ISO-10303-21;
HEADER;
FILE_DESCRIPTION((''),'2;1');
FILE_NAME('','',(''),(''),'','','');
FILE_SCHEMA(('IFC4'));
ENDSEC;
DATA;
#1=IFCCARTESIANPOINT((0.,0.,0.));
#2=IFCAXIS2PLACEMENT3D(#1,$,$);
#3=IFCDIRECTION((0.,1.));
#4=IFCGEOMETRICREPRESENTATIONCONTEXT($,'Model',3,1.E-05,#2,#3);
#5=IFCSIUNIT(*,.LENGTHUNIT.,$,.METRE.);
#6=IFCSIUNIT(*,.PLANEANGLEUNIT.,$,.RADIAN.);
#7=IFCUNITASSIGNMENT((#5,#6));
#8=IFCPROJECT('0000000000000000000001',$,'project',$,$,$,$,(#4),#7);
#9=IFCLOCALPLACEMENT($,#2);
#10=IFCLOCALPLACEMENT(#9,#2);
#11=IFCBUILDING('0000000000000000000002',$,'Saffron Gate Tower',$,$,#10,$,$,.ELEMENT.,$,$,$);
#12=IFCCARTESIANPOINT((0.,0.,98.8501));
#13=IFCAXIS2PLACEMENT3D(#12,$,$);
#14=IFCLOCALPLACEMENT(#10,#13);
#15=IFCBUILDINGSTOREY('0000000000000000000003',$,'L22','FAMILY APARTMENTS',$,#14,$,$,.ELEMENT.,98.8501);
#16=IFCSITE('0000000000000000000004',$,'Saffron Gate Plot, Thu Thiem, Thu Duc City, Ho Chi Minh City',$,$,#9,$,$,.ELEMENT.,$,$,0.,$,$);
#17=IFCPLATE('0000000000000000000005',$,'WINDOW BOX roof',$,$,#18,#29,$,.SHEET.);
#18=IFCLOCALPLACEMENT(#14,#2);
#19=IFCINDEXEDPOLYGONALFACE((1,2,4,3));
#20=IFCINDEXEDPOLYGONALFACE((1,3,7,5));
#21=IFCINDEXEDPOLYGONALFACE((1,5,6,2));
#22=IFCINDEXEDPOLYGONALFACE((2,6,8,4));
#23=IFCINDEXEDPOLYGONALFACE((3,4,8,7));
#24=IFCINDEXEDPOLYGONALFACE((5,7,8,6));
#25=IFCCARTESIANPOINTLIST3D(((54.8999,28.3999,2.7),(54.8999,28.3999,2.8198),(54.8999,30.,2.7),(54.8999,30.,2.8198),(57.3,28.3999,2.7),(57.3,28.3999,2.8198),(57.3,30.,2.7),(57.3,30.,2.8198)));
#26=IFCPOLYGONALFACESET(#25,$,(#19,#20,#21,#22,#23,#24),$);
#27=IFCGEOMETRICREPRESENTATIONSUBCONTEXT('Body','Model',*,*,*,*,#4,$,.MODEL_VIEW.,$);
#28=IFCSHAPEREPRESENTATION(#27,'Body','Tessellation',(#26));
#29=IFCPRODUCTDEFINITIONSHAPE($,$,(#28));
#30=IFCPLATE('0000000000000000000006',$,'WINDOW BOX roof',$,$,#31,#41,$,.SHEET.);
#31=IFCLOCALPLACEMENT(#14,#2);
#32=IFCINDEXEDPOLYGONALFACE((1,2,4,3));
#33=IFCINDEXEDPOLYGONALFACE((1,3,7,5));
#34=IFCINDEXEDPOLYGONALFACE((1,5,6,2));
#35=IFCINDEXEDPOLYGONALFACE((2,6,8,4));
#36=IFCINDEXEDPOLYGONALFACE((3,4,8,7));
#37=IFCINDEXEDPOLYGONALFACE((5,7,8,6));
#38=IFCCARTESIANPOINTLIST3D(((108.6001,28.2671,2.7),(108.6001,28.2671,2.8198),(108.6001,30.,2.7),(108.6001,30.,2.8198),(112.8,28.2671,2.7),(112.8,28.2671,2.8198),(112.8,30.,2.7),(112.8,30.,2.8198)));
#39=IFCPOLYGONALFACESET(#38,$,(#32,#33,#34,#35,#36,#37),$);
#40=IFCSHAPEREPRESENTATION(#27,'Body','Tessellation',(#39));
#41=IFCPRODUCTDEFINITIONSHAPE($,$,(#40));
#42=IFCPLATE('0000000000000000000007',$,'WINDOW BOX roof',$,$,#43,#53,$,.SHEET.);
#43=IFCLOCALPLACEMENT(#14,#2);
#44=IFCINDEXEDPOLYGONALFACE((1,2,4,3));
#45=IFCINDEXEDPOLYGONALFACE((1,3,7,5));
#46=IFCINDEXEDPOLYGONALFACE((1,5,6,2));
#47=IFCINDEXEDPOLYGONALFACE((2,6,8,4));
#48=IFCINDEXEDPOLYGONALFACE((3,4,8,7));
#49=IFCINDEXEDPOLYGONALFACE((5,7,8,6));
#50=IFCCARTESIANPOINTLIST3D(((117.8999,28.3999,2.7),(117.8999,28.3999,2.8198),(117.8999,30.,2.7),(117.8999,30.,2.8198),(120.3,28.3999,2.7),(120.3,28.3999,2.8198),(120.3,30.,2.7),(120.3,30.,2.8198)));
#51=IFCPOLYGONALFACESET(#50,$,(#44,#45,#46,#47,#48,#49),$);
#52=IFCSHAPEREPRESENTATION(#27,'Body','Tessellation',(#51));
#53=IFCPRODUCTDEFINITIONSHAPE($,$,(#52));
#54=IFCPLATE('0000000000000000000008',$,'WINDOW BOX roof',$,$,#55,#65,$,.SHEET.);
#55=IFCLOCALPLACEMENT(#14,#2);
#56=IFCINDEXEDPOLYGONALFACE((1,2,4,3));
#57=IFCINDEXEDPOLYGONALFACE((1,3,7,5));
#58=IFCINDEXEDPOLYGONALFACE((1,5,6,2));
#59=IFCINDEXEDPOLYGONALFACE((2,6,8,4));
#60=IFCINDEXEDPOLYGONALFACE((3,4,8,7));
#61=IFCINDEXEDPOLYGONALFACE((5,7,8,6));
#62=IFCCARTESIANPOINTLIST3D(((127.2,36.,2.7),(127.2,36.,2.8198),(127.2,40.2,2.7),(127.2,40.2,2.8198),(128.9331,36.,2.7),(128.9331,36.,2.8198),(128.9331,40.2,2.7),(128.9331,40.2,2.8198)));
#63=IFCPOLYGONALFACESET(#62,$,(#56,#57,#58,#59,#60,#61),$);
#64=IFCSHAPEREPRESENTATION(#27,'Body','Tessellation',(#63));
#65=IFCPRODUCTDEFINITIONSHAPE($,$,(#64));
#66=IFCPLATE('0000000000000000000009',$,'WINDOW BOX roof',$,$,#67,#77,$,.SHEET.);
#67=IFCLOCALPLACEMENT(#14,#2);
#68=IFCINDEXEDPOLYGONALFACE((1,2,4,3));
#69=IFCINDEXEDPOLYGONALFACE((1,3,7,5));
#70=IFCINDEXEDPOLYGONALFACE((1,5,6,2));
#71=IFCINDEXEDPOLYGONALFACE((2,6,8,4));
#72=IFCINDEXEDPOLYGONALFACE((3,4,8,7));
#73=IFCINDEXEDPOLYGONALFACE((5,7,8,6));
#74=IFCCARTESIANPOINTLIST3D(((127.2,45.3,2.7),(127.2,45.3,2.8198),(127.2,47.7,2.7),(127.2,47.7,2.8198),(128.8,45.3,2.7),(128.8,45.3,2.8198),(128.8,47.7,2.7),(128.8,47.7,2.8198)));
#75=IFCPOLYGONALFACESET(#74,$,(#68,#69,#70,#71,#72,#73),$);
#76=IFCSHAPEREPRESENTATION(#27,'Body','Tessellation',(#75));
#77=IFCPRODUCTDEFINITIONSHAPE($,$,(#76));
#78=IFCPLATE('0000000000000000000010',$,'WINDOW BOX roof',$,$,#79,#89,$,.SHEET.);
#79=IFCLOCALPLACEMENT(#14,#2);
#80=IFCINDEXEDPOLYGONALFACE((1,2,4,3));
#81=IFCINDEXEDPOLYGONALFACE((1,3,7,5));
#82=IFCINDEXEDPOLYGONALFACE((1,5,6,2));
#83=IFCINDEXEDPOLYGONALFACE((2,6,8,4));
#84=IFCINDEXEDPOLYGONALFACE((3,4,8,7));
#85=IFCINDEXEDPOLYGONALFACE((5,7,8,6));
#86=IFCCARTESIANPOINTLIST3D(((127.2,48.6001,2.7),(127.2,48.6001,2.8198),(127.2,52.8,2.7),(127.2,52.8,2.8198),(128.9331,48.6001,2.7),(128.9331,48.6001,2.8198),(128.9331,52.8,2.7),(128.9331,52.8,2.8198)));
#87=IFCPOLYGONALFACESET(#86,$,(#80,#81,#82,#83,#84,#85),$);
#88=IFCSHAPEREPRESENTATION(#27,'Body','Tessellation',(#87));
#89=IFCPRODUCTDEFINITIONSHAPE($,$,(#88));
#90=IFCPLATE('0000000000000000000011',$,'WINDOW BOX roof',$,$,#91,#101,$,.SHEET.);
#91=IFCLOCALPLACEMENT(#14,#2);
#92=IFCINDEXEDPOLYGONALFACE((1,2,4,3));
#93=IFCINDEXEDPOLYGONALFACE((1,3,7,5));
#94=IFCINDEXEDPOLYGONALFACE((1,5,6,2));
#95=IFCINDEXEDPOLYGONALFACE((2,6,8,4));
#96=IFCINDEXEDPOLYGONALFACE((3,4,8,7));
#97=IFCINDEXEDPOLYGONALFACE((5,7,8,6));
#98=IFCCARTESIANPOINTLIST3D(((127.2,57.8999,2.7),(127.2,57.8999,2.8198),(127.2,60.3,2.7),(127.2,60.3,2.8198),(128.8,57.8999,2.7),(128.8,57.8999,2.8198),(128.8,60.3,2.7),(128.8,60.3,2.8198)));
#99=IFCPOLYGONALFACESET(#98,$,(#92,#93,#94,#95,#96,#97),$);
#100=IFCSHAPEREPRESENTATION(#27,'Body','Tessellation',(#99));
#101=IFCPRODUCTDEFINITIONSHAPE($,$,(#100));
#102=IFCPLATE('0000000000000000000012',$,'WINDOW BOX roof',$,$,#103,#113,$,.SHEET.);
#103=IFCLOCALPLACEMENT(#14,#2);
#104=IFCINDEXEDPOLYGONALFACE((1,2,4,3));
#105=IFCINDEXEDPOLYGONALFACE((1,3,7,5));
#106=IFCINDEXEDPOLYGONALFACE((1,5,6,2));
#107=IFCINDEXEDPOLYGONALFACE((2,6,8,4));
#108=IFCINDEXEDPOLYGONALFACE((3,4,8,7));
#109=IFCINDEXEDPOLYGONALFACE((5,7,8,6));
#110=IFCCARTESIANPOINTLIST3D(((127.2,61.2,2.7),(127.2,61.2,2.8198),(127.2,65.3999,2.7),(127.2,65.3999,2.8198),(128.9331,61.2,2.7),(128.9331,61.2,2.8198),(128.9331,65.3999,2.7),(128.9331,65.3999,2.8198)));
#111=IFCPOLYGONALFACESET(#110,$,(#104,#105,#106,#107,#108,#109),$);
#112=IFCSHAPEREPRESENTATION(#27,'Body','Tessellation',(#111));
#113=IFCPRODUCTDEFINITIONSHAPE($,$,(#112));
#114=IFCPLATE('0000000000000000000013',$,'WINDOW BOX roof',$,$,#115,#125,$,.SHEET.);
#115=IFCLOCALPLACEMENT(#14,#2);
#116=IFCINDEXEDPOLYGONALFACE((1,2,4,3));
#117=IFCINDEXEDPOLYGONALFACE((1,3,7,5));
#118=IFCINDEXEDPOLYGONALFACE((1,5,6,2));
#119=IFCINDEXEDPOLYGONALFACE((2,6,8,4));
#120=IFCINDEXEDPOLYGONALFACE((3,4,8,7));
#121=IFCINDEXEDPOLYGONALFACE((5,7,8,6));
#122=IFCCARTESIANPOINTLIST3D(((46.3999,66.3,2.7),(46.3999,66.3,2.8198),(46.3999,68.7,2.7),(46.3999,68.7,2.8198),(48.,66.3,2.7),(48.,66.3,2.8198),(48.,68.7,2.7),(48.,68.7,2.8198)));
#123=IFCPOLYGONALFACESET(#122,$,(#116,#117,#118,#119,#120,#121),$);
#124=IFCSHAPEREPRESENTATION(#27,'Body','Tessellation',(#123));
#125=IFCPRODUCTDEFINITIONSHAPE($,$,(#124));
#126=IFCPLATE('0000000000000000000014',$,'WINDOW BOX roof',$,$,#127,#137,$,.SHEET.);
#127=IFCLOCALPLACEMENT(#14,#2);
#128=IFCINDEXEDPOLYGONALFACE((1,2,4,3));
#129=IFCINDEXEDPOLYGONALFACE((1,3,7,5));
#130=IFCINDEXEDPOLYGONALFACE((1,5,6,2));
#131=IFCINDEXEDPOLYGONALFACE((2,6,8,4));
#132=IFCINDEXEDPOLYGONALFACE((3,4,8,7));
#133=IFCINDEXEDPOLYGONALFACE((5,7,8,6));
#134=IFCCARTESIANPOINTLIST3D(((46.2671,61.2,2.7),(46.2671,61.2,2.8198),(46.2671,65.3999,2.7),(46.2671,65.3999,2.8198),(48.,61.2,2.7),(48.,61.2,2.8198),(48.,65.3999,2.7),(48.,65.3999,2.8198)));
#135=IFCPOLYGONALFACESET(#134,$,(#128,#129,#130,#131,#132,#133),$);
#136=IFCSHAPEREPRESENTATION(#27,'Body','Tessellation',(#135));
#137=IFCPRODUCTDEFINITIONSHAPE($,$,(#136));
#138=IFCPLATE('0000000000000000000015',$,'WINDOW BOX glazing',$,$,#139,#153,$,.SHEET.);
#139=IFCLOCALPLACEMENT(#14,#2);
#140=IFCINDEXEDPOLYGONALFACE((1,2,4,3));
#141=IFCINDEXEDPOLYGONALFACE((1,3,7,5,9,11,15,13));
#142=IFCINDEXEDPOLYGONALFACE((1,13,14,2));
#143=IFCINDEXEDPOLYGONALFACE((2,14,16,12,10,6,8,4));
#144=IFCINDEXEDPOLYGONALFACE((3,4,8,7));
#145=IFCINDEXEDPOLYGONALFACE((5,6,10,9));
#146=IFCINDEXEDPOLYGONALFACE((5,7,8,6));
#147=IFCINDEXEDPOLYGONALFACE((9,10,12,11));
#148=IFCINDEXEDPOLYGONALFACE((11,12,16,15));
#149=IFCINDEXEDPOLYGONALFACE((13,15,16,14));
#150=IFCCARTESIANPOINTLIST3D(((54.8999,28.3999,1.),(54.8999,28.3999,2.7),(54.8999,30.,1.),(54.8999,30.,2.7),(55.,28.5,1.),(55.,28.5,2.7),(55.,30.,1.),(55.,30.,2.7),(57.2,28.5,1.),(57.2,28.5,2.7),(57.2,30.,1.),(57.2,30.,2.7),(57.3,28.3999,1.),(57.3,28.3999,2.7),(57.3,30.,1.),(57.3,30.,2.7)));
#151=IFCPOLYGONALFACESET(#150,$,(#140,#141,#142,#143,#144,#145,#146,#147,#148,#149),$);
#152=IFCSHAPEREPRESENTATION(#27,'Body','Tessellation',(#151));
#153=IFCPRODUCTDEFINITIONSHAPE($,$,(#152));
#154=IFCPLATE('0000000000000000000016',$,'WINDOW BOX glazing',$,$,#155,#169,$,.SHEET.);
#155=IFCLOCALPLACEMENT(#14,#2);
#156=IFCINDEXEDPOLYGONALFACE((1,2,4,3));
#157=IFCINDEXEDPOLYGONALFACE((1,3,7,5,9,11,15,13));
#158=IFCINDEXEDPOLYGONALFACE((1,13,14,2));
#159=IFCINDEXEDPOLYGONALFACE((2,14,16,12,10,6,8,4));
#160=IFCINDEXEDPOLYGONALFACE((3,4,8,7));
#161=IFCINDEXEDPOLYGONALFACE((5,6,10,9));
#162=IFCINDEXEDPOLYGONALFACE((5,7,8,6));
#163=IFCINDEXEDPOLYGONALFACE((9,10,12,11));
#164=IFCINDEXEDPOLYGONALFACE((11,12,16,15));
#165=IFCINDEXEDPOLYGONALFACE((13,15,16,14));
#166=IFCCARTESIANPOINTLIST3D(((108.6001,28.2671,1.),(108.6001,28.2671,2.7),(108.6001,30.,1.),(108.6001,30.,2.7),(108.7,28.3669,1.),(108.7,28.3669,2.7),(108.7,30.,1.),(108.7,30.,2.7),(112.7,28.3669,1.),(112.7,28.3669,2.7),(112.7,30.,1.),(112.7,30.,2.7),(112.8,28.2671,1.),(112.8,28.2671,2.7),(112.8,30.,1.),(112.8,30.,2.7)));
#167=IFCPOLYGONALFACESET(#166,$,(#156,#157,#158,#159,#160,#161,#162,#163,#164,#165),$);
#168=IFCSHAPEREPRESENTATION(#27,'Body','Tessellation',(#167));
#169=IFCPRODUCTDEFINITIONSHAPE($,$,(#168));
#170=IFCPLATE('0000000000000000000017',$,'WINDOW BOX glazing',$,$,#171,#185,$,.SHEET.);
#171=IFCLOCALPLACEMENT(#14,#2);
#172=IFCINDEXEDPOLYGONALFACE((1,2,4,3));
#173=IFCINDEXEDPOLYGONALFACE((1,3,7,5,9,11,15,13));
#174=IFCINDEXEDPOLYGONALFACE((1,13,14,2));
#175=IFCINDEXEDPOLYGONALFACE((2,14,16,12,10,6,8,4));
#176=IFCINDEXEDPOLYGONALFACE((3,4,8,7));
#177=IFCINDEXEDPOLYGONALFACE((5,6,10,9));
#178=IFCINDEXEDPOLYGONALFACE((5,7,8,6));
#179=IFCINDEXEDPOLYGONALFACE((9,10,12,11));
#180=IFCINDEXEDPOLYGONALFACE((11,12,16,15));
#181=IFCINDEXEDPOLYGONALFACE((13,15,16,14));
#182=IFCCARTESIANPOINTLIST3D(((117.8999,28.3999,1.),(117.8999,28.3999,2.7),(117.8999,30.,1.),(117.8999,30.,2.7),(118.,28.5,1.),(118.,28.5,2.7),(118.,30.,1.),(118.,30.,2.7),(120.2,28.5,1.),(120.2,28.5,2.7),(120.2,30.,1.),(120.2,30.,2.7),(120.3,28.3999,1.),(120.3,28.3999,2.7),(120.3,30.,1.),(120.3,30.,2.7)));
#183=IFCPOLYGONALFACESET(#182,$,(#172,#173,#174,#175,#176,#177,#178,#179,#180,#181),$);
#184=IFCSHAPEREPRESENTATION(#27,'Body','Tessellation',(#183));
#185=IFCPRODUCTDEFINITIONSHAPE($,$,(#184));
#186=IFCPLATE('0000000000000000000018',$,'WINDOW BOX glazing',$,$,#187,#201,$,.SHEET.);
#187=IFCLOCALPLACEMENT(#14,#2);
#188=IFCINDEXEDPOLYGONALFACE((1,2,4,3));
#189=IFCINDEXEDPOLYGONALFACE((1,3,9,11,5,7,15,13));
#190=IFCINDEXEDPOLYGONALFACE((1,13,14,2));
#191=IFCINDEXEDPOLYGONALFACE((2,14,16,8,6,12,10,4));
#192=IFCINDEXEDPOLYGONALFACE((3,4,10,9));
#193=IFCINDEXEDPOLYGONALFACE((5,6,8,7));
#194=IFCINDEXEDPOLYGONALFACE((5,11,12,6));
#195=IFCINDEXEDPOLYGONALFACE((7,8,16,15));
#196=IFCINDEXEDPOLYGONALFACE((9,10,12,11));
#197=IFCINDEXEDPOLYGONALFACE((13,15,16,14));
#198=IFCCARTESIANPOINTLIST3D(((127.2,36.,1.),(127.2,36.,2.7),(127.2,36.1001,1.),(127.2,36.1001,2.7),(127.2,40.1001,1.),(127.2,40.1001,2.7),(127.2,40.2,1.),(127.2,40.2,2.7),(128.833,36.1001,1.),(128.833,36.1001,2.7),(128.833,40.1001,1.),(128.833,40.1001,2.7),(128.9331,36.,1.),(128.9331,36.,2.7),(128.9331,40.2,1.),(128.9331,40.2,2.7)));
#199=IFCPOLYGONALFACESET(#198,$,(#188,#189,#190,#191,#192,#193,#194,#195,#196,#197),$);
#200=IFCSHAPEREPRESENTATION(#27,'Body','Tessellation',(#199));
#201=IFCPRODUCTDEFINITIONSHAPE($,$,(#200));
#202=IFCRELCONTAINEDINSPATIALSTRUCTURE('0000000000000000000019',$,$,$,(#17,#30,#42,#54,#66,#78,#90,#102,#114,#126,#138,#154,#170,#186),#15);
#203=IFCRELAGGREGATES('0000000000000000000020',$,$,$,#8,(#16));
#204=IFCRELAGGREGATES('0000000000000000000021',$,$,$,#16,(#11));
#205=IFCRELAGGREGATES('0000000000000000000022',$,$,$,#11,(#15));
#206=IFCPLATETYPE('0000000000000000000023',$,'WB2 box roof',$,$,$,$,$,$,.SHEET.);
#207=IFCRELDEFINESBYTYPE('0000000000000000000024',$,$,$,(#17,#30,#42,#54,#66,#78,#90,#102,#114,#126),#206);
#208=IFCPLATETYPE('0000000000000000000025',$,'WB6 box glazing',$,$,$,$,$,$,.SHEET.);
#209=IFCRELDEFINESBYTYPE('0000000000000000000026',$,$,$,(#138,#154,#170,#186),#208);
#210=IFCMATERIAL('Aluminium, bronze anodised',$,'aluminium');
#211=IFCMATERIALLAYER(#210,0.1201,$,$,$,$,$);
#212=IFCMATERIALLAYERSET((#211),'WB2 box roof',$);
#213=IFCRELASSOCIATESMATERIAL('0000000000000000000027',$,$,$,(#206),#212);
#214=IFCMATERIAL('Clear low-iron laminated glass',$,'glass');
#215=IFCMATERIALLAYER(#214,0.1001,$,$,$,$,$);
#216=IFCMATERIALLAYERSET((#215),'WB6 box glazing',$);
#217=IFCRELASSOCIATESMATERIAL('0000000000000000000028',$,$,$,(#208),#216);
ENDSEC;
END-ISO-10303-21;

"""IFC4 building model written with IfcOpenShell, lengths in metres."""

from ifc_helpers import new_model, si_unit, direction, frame, origin, place, context, subcontext, project, spatial, polyline, outline, extrude, material, layer, layer_set, type_object, element, save


model = new_model("IFC4")

# Units and contexts
model_context = context("Model", 3, precision=1e-05, world=origin(), true_north=direction((0.0, 1.0)))
body_context = subcontext(model_context, "Body", "Model", "MODEL_VIEW")
ifc_project = project(units=[si_unit("LENGTHUNIT", "METRE"), si_unit("PLANEANGLEUNIT", "RADIAN")], contexts=[model_context])

# Site, building, storey
site_placement = place(None, origin())
site = spatial("IfcSite", under=ifc_project, at=site_placement, Name="Saffron Gate Plot, Thu Thiem, Thu Duc City, Ho Chi Minh City", CompositionType="ELEMENT", RefElevation=0.0)
building_placement = place(site_placement, origin())
building = spatial("IfcBuilding", under=site, at=building_placement, Name="Saffron Gate Tower", CompositionType="ELEMENT")
storey_placement = place(building_placement, frame((0.0, 0.0, 98.8501)))
storey = spatial("IfcBuildingStorey", under=building, at=storey_placement, Name="L22", Description="FAMILY APARTMENTS", CompositionType="ELEMENT", Elevation=98.8501)

# Plates
ifc_material_1 = material(Name="Aluminium, bronze anodised", Category="aluminium")
ifc_layer_1 = layer(ifc_material_1, 0.1201)
ifc_layer_set_1 = layer_set([ifc_layer_1], Name="WB2 box roof")
plate_type_1 = type_object("IfcPlateType", Name="WB2 box roof", PredefinedType="SHEET", material=ifc_layer_set_1)
plate_1_placement = place(storey_placement, frame((0.0, 0.0, 2.7)))
element("IfcPlate", 1, at=plate_1_placement, inside=storey, type_object=plate_type_1, Name="WINDOW BOX roof", PredefinedType="SHEET", context=body_context, shape_type="SweptSolid", body=[
    extrude(outline(polyline([(54.8999, 30.0), (57.3, 30.0), (57.3, 28.3999), (54.8999, 28.3999), (54.8999, 30.0)])), origin(), (0.0, 0.0, 1.0), 0.1199),
])
plate_2_placement = place(storey_placement, frame((0.0, 0.0, 2.7)))
element("IfcPlate", 2, at=plate_2_placement, inside=storey, type_object=plate_type_1, Name="WINDOW BOX roof", PredefinedType="SHEET", context=body_context, shape_type="SweptSolid", body=[
    extrude(outline(polyline([(108.6001, 30.0), (112.8, 30.0), (112.8, 28.2671), (108.6001, 28.2671), (108.6001, 30.0)])), origin(), (0.0, 0.0, 1.0), 0.1199),
])
plate_3_placement = place(storey_placement, frame((0.0, 0.0, 2.7)))
element("IfcPlate", 3, at=plate_3_placement, inside=storey, type_object=plate_type_1, Name="WINDOW BOX roof", PredefinedType="SHEET", context=body_context, shape_type="SweptSolid", body=[
    extrude(outline(polyline([(117.8999, 30.0), (120.3, 30.0), (120.3, 28.3999), (117.8999, 28.3999), (117.8999, 30.0)])), origin(), (0.0, 0.0, 1.0), 0.1199),
])
plate_4_placement = place(storey_placement, frame((0.0, 0.0, 2.7)))
element("IfcPlate", 4, at=plate_4_placement, inside=storey, type_object=plate_type_1, Name="WINDOW BOX roof", PredefinedType="SHEET", context=body_context, shape_type="SweptSolid", body=[
    extrude(outline(polyline([(127.2, 36.0), (127.2, 40.2), (128.9331, 40.2), (128.9331, 36.0), (127.2, 36.0)])), origin(), (0.0, 0.0, 1.0), 0.1199),
])
plate_5_placement = place(storey_placement, frame((0.0, 0.0, 2.7)))
element("IfcPlate", 5, at=plate_5_placement, inside=storey, type_object=plate_type_1, Name="WINDOW BOX roof", PredefinedType="SHEET", context=body_context, shape_type="SweptSolid", body=[
    extrude(outline(polyline([(127.2, 45.3), (127.2, 47.7), (128.8, 47.7), (128.8, 45.3), (127.2, 45.3)])), origin(), (0.0, 0.0, 1.0), 0.1199),
])
plate_6_placement = place(storey_placement, frame((0.0, 0.0, 2.7)))
element("IfcPlate", 6, at=plate_6_placement, inside=storey, type_object=plate_type_1, Name="WINDOW BOX roof", PredefinedType="SHEET", context=body_context, shape_type="SweptSolid", body=[
    extrude(outline(polyline([(127.2, 48.6001), (127.2, 52.8), (128.9331, 52.8), (128.9331, 48.6001), (127.2, 48.6001)])), origin(), (0.0, 0.0, 1.0), 0.1199),
])
plate_7_placement = place(storey_placement, frame((0.0, 0.0, 2.7)))
element("IfcPlate", 7, at=plate_7_placement, inside=storey, type_object=plate_type_1, Name="WINDOW BOX roof", PredefinedType="SHEET", context=body_context, shape_type="SweptSolid", body=[
    extrude(outline(polyline([(127.2, 57.8999), (127.2, 60.3), (128.8, 60.3), (128.8, 57.8999), (127.2, 57.8999)])), origin(), (0.0, 0.0, 1.0), 0.1199),
])
plate_8_placement = place(storey_placement, frame((0.0, 0.0, 2.7)))
element("IfcPlate", 8, at=plate_8_placement, inside=storey, type_object=plate_type_1, Name="WINDOW BOX roof", PredefinedType="SHEET", context=body_context, shape_type="SweptSolid", body=[
    extrude(outline(polyline([(127.2, 61.2), (127.2, 65.3999), (128.9331, 65.3999), (128.9331, 61.2), (127.2, 61.2)])), origin(), (0.0, 0.0, 1.0), 0.1199),
])
plate_9_placement = place(storey_placement, frame((0.0, 0.0, 2.7)))
element("IfcPlate", 9, at=plate_9_placement, inside=storey, type_object=plate_type_1, Name="WINDOW BOX roof", PredefinedType="SHEET", context=body_context, shape_type="SweptSolid", body=[
    extrude(outline(polyline([(48.0, 68.7), (48.0, 66.3), (46.3999, 66.3), (46.3999, 68.7), (48.0, 68.7)])), origin(), (0.0, 0.0, 1.0), 0.1199),
])
plate_10_placement = place(storey_placement, frame((0.0, 0.0, 2.7)))
element("IfcPlate", 10, at=plate_10_placement, inside=storey, type_object=plate_type_1, Name="WINDOW BOX roof", PredefinedType="SHEET", context=body_context, shape_type="SweptSolid", body=[
    extrude(outline(polyline([(48.0, 65.3999), (48.0, 61.2), (46.2671, 61.2), (46.2671, 65.3999), (48.0, 65.3999)])), origin(), (0.0, 0.0, 1.0), 0.1199),
])
ifc_material_2 = material(Name="Clear low-iron laminated glass", Category="glass")
ifc_layer_2 = layer(ifc_material_2, 0.1001)
ifc_layer_set_2 = layer_set([ifc_layer_2], Name="WB6 box glazing")
plate_type_2 = type_object("IfcPlateType", Name="WB6 box glazing", PredefinedType="SHEET", material=ifc_layer_set_2)
plate_11_placement = place(storey_placement, frame((0.0, 0.0, 1.0)))
element("IfcPlate", 11, at=plate_11_placement, inside=storey, type_object=plate_type_2, Name="WINDOW BOX glazing", PredefinedType="SHEET", context=body_context, shape_type="SweptSolid", body=[
    extrude(outline(polyline([(54.8999, 30.0), (55.0, 30.0), (55.0, 28.5), (57.2, 28.5), (57.2, 30.0), (57.3, 30.0), (57.3, 28.3999), (54.8999, 28.3999), (54.8999, 30.0)])), origin(), (0.0, 0.0, 1.0), 1.7),
])
plate_12_placement = place(storey_placement, frame((0.0, 0.0, 1.0)))
element("IfcPlate", 12, at=plate_12_placement, inside=storey, type_object=plate_type_2, Name="WINDOW BOX glazing", PredefinedType="SHEET", context=body_context, shape_type="SweptSolid", body=[
    extrude(outline(polyline([(108.6001, 30.0), (108.7, 30.0), (108.7, 28.3669), (112.7, 28.3669), (112.7, 30.0), (112.8, 30.0), (112.8, 28.2671), (108.6001, 28.2671), (108.6001, 30.0)])), origin(), (0.0, 0.0, 1.0), 1.7),
])
plate_13_placement = place(storey_placement, frame((0.0, 0.0, 1.0)))
element("IfcPlate", 13, at=plate_13_placement, inside=storey, type_object=plate_type_2, Name="WINDOW BOX glazing", PredefinedType="SHEET", context=body_context, shape_type="SweptSolid", body=[
    extrude(outline(polyline([(117.8999, 30.0), (118.0, 30.0), (118.0, 28.5), (120.2, 28.5), (120.2, 30.0), (120.3, 30.0), (120.3, 28.3999), (117.8999, 28.3999), (117.8999, 30.0)])), origin(), (0.0, 0.0, 1.0), 1.7),
])
plate_14_placement = place(storey_placement, frame((0.0, 0.0, 1.0)))
element("IfcPlate", 14, at=plate_14_placement, inside=storey, type_object=plate_type_2, Name="WINDOW BOX glazing", PredefinedType="SHEET", context=body_context, shape_type="SweptSolid", body=[
    extrude(outline(polyline([(127.2, 36.0), (127.2, 36.1001), (128.833, 36.1001), (128.833, 40.1001), (127.2, 40.1001), (127.2, 40.2), (128.9331, 40.2), (128.9331, 36.0), (127.2, 36.0)])), origin(), (0.0, 0.0, 1.0), 1.7),
])

save(model, "model.ifc")
